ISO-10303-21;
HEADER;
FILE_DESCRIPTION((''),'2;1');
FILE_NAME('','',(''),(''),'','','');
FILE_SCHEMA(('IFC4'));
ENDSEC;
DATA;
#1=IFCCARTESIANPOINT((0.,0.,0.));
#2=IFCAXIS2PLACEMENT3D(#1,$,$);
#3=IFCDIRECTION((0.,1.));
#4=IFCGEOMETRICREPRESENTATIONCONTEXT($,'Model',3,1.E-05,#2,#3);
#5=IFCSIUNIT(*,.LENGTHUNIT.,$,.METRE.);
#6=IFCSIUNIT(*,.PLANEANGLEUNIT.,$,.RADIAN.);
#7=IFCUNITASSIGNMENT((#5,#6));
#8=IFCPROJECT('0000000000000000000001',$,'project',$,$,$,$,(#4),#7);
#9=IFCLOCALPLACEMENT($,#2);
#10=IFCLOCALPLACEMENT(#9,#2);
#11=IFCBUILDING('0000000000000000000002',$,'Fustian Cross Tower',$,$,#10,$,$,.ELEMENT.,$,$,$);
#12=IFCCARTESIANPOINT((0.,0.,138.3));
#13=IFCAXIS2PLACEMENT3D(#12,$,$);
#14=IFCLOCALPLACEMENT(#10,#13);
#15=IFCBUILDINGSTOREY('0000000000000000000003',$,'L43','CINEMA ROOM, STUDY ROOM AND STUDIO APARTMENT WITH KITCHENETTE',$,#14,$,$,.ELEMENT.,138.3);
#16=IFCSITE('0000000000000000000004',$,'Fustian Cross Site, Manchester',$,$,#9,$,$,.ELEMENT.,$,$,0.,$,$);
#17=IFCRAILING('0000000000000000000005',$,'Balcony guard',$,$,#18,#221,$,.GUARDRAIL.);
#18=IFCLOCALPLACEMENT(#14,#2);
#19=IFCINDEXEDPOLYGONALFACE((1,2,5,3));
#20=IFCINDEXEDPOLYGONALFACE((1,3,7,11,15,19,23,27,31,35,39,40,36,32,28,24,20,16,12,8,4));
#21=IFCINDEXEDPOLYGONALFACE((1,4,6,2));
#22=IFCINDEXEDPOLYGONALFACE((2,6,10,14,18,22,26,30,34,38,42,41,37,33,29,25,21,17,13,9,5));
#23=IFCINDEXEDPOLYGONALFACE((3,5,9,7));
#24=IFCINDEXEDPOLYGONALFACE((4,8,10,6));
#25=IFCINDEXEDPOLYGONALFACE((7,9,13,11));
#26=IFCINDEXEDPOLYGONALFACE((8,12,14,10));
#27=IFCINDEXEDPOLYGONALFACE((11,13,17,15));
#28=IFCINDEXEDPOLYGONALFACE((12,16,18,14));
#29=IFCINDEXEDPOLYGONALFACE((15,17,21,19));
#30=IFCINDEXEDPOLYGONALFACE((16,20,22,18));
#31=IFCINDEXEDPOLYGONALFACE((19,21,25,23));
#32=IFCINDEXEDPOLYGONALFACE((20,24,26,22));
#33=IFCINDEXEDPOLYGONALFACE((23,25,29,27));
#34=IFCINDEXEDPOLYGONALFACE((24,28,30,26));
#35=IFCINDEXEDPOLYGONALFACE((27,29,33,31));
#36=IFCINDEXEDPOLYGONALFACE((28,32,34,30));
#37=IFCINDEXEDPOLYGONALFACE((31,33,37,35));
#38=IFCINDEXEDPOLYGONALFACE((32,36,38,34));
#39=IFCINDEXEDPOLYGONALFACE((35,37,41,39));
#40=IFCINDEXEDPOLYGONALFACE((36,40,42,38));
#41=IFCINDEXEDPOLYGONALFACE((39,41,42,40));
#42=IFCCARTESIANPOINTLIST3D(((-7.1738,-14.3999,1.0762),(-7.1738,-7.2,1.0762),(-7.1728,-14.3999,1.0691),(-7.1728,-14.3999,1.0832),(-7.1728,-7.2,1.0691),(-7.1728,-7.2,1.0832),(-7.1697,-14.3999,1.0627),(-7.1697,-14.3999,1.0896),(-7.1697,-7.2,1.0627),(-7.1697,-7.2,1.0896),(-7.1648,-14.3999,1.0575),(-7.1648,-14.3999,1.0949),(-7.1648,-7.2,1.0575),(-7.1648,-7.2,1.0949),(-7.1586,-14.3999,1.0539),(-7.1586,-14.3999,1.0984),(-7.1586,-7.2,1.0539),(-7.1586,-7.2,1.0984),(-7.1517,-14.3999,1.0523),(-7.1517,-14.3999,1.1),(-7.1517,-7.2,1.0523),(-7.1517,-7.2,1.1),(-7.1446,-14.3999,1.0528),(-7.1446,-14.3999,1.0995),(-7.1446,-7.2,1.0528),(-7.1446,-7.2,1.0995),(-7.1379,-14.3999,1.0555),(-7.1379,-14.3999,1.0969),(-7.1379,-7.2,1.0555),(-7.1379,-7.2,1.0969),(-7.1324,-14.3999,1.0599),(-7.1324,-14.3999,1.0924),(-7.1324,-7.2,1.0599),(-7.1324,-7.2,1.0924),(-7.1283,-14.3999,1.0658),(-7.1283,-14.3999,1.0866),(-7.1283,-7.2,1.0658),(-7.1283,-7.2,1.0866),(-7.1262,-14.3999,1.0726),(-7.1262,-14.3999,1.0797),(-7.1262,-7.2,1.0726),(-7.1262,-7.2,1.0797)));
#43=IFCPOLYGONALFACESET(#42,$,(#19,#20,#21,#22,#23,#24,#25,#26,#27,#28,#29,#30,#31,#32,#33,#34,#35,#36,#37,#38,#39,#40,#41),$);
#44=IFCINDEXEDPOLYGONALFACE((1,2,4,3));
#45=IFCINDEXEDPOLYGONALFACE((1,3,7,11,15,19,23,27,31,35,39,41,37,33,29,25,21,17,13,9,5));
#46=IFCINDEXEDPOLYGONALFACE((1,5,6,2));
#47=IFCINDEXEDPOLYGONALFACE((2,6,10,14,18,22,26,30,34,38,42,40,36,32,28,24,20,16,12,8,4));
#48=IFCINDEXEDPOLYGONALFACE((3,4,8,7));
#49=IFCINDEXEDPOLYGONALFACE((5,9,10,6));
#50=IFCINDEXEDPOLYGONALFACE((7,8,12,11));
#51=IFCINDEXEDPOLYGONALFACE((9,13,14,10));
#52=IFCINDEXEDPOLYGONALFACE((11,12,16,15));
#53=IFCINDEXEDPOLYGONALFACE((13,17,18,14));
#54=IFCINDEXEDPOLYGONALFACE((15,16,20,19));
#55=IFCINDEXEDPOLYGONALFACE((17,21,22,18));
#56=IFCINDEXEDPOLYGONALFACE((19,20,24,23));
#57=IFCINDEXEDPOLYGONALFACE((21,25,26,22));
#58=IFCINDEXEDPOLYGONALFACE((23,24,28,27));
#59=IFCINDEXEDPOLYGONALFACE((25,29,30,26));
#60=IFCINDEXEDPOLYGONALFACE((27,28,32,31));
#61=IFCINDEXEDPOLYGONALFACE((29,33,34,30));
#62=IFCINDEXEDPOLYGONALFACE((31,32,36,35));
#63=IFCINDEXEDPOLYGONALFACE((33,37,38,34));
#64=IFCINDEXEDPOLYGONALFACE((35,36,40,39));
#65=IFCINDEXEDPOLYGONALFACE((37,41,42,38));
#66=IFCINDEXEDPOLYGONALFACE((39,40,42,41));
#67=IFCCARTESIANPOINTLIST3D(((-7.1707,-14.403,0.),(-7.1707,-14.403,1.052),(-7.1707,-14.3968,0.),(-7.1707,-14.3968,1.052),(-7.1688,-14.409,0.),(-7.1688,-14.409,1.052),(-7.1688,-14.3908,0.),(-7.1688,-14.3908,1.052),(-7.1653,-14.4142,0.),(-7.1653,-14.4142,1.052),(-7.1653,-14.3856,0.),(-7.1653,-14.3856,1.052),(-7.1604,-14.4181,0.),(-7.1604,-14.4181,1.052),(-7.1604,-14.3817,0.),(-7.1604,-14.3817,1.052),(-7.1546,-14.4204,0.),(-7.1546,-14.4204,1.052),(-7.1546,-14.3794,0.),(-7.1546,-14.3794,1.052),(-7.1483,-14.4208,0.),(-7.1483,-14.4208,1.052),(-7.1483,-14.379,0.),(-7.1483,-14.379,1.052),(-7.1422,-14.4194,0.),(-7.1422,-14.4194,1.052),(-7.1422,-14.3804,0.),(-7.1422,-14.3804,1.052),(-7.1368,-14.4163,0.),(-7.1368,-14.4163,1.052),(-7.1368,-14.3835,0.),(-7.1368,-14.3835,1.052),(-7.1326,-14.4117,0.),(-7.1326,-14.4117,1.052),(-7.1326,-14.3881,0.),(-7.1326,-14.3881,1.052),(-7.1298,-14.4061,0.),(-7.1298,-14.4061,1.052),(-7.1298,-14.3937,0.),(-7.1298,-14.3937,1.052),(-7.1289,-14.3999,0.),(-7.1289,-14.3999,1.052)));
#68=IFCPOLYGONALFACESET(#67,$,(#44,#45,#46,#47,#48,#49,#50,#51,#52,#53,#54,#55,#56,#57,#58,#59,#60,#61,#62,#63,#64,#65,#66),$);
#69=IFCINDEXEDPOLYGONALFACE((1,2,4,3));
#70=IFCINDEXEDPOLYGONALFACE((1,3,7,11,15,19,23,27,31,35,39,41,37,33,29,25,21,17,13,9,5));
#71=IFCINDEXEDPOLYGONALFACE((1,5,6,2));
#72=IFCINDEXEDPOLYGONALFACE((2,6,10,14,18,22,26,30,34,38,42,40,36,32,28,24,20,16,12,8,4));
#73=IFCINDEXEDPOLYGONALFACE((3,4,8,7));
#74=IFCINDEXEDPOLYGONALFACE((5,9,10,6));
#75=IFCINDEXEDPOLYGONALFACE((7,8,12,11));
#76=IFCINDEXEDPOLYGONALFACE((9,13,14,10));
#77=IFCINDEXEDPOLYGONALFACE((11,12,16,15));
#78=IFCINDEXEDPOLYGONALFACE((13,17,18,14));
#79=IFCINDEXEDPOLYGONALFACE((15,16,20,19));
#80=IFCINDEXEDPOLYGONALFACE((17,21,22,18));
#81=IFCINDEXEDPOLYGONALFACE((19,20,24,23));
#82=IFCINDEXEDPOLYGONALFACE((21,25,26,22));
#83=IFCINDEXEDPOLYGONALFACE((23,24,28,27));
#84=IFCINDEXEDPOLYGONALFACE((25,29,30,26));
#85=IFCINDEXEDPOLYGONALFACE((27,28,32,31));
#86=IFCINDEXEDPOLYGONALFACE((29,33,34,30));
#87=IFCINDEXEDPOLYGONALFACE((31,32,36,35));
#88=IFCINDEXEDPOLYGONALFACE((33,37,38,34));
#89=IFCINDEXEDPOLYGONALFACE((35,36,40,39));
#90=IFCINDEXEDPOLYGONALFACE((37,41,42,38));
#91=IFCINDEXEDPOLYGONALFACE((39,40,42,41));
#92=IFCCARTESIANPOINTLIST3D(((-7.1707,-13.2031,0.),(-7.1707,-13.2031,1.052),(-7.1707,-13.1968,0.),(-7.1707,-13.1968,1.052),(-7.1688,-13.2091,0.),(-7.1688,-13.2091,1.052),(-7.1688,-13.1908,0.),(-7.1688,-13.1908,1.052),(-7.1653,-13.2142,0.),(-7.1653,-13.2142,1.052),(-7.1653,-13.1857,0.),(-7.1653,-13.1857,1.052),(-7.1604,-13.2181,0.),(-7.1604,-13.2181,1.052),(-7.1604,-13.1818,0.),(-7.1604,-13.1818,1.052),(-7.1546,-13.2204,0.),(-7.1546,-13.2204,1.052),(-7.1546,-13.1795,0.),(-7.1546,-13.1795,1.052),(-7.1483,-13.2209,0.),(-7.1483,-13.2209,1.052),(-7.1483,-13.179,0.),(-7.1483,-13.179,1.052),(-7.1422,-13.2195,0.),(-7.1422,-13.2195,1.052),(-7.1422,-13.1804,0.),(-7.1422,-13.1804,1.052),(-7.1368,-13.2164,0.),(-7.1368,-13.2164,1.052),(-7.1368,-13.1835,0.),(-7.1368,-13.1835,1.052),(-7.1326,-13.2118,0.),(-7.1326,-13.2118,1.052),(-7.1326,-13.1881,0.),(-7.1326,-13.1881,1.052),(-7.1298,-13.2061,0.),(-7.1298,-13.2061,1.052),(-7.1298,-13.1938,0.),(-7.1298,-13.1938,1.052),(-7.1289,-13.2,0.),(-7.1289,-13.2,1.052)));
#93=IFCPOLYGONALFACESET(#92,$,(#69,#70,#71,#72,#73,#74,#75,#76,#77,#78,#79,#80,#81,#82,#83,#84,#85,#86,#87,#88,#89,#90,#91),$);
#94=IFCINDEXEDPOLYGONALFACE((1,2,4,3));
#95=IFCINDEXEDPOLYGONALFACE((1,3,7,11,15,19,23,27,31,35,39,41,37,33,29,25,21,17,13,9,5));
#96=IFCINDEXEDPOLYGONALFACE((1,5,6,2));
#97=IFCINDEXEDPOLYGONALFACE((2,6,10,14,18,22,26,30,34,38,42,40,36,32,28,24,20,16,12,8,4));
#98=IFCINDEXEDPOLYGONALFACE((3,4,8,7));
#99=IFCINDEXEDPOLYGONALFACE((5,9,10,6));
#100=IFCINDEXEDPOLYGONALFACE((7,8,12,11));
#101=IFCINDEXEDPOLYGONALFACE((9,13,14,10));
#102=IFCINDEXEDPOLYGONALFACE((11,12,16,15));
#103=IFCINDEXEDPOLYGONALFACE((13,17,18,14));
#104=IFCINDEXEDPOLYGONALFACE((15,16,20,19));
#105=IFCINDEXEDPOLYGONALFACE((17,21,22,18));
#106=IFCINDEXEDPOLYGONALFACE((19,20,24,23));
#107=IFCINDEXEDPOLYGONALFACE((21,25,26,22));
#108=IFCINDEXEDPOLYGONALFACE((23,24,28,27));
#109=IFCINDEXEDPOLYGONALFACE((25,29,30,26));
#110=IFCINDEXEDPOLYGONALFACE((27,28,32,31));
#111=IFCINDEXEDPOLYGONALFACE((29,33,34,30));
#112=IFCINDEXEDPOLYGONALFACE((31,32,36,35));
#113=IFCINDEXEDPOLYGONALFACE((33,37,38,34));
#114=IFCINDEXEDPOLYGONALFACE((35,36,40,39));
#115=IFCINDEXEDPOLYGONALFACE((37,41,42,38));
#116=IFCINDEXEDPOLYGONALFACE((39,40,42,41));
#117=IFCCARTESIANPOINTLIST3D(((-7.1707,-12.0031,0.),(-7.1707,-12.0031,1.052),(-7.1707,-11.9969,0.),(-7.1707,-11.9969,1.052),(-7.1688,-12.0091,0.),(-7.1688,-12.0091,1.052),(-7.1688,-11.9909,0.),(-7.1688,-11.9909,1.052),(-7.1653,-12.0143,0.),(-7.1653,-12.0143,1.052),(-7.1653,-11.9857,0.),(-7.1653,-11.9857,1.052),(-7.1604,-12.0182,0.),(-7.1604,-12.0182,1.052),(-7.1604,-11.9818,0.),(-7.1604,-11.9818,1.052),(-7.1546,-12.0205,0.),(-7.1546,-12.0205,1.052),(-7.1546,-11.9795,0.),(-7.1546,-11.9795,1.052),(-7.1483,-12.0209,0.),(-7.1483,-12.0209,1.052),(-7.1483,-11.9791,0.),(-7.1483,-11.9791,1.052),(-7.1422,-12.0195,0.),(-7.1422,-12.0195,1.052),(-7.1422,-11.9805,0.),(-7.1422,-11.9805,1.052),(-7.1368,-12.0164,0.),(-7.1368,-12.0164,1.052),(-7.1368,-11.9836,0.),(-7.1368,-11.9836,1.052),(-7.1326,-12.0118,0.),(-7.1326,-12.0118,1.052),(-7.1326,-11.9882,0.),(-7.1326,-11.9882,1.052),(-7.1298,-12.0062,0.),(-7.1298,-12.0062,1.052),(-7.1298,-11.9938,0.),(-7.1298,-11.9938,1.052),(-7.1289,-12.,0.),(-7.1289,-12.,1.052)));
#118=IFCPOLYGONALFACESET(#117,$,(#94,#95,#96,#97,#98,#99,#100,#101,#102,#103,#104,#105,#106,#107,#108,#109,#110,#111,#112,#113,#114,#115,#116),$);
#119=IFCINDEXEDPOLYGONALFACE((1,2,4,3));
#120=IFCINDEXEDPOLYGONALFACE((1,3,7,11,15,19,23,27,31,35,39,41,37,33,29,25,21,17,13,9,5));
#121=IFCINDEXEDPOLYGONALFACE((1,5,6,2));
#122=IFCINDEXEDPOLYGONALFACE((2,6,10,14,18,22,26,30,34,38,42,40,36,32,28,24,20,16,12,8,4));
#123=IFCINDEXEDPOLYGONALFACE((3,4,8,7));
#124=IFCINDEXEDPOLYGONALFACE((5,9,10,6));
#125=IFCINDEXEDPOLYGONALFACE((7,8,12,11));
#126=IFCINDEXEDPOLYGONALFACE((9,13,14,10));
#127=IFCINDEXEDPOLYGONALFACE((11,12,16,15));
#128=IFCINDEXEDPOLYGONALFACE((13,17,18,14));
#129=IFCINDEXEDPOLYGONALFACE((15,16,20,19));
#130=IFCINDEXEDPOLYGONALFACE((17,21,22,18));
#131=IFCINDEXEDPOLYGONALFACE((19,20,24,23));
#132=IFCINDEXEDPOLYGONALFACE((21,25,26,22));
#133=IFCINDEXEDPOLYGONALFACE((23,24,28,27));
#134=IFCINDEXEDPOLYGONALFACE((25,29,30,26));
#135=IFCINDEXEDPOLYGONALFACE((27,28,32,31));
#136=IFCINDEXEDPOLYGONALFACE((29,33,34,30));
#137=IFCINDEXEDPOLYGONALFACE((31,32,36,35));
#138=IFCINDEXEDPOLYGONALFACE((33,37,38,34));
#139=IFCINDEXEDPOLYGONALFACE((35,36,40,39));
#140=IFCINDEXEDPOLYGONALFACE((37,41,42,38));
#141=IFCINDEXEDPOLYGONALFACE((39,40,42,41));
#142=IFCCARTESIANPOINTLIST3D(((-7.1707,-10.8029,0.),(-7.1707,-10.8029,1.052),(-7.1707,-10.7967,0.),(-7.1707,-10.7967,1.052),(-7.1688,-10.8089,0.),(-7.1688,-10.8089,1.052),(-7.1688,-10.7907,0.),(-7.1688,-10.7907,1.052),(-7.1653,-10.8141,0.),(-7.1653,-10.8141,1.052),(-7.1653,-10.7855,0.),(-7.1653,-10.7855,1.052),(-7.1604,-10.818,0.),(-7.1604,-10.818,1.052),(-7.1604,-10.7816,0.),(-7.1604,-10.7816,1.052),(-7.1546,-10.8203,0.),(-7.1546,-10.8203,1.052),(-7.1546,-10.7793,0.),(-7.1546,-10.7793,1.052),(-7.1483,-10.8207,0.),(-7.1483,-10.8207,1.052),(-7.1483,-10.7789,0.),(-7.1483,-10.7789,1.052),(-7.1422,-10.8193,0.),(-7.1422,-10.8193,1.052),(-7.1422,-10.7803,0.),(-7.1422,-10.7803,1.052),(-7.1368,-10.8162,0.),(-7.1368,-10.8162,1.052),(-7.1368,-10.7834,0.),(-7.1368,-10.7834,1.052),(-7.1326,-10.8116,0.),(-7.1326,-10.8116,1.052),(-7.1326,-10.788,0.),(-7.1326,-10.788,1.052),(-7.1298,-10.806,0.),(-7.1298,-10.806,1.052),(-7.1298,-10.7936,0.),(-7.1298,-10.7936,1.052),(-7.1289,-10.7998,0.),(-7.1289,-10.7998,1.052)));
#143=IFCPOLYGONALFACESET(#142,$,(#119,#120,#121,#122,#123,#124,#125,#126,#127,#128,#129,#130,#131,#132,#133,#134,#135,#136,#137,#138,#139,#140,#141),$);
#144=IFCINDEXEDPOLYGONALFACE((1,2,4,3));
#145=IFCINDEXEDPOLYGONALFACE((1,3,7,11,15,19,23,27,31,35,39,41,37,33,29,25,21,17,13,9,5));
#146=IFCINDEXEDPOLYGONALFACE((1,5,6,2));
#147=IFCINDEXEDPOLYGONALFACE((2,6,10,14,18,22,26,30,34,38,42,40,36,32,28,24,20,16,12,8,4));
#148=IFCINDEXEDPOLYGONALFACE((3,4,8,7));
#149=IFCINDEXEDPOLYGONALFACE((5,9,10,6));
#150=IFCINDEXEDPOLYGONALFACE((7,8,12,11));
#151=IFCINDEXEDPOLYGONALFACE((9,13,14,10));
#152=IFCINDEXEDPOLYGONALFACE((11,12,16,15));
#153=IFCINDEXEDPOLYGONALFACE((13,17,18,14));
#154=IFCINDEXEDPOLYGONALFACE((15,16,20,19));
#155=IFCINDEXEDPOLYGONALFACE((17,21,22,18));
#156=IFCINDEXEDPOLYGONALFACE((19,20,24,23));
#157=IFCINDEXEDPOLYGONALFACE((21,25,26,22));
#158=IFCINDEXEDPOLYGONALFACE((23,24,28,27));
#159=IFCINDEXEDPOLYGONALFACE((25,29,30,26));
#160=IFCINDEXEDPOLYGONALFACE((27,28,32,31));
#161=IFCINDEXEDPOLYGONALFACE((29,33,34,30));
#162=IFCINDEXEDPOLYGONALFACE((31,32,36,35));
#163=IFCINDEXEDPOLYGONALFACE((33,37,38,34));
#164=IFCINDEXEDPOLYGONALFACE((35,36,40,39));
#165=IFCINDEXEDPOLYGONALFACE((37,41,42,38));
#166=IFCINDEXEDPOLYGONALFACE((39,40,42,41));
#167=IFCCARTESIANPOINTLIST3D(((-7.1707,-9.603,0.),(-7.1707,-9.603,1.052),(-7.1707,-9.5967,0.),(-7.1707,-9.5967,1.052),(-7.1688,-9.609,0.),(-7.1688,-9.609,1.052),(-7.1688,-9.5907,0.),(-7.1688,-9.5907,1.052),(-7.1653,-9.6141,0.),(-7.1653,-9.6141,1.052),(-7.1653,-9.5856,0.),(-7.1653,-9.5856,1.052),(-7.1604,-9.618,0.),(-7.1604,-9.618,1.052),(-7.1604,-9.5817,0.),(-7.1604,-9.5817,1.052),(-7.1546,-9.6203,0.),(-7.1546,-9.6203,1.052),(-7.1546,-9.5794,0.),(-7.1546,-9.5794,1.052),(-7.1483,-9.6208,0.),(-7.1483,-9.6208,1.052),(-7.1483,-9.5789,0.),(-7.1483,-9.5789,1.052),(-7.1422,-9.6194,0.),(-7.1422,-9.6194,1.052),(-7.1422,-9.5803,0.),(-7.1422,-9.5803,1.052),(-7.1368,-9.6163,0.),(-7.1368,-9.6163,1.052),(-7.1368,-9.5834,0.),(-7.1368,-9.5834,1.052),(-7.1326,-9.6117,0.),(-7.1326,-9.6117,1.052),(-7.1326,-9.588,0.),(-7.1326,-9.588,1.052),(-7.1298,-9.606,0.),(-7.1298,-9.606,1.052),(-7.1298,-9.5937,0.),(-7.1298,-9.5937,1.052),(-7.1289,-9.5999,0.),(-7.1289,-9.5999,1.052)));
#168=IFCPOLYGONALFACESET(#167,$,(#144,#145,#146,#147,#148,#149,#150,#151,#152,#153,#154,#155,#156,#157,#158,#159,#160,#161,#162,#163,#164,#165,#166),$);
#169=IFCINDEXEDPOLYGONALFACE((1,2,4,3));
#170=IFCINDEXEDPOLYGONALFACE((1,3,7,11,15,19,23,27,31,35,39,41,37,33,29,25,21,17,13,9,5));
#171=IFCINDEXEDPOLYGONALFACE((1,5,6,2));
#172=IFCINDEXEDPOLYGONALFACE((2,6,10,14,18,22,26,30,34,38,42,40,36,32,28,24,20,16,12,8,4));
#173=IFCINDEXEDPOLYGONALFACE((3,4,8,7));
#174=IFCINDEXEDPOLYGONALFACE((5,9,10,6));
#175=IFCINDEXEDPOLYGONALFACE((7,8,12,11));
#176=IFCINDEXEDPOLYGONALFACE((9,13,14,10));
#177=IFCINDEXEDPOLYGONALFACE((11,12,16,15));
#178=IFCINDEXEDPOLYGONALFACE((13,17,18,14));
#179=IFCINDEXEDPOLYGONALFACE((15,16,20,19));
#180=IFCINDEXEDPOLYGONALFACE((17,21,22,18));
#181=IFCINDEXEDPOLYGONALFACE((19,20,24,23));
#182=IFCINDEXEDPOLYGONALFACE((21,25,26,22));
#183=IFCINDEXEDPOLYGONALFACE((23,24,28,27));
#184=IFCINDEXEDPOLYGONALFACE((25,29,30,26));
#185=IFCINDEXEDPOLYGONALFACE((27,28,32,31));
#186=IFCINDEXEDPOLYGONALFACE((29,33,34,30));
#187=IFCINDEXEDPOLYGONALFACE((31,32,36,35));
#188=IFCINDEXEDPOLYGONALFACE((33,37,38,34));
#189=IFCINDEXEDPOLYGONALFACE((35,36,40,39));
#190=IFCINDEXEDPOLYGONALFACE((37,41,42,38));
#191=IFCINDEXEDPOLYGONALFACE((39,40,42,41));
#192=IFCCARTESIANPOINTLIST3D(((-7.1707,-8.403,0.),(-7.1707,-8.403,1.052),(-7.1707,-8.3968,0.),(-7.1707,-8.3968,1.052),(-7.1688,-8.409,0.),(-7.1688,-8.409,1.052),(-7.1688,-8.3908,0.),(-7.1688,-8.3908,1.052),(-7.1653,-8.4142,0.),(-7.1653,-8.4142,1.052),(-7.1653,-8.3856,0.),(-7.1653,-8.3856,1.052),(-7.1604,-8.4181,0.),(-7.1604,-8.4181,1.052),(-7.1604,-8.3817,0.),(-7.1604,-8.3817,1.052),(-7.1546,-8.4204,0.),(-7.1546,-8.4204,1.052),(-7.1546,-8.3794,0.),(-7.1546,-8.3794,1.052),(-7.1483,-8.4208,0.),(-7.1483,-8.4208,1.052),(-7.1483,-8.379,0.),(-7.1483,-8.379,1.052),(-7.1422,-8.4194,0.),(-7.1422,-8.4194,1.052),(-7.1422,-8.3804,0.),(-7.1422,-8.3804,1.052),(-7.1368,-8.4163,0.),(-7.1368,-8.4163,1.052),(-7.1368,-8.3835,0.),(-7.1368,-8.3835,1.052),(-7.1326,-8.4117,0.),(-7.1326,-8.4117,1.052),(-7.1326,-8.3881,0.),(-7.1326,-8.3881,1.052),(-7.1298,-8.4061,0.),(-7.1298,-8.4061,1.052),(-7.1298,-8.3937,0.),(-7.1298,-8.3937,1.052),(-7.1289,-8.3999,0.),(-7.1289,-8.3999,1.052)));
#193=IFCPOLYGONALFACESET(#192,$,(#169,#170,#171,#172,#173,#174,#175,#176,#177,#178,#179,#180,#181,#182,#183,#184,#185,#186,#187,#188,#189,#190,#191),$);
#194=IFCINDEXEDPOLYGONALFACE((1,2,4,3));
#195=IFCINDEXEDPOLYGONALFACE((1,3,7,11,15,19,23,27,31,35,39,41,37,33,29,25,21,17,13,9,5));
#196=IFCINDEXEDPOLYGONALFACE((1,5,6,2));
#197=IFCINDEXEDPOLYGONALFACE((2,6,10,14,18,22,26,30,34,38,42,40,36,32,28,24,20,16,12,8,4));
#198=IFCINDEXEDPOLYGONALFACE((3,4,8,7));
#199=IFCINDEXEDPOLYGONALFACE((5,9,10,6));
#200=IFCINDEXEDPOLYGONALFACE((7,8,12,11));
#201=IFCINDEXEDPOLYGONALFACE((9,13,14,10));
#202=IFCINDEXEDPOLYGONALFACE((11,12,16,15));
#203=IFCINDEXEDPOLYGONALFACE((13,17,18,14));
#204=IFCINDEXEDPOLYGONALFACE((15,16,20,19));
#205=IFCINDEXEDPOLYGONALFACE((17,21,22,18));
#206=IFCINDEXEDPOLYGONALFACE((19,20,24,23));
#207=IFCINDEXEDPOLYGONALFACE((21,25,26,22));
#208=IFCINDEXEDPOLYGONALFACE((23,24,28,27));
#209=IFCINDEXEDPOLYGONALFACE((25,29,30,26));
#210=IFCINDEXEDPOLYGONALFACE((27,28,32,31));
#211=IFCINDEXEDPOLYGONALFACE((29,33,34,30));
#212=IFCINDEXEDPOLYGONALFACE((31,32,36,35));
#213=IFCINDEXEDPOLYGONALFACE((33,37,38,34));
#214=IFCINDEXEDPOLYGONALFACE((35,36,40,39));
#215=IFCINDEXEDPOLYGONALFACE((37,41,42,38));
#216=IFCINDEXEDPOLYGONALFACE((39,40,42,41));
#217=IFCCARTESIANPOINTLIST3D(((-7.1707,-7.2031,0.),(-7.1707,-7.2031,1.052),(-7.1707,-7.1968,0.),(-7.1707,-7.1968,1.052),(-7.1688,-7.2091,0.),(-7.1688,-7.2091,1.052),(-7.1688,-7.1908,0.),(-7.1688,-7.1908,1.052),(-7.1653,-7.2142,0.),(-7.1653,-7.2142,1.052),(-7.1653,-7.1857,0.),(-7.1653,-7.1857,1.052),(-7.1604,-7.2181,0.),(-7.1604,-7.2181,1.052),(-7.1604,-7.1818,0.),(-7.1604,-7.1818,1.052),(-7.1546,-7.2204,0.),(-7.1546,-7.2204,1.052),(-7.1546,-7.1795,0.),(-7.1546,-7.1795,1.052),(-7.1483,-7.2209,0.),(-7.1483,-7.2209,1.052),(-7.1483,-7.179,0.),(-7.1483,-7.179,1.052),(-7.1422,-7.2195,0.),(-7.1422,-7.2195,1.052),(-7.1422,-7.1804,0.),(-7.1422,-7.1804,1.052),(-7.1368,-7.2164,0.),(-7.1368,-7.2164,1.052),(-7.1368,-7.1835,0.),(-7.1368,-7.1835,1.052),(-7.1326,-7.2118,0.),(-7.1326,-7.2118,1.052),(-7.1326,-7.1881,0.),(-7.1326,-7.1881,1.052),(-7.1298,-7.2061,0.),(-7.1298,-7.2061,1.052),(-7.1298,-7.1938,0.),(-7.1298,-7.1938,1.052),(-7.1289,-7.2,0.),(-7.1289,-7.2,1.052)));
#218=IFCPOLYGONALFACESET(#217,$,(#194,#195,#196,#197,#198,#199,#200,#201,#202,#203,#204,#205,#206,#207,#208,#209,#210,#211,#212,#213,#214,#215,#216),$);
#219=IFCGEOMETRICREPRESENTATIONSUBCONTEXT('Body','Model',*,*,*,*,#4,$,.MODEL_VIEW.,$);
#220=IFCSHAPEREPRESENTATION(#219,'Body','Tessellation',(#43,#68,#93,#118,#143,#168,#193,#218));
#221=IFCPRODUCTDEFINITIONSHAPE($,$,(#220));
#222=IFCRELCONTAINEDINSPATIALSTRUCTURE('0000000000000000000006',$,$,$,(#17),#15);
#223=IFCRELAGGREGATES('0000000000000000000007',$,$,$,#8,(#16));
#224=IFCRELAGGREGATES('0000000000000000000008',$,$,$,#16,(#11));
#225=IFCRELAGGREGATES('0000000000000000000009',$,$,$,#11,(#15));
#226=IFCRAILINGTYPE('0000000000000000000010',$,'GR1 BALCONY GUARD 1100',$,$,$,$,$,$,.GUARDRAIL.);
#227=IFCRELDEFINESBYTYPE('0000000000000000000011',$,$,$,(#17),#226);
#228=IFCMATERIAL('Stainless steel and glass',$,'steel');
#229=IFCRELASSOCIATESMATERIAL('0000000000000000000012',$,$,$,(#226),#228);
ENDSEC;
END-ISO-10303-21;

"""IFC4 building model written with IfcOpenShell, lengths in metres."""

from ifc_helpers import new_model, si_unit, direction, frame, origin, origin_2d, place, context, subcontext, project, spatial, circle, extrude, material, type_object, element, save


model = new_model("IFC4")

# Units and contexts
model_context = context("Model", 3, precision=1e-05, world=origin(), true_north=direction((0.0, 1.0)))
body_context = subcontext(model_context, "Body", "Model", "MODEL_VIEW")
ifc_project = project(units=[si_unit("LENGTHUNIT", "METRE"), si_unit("PLANEANGLEUNIT", "RADIAN")], contexts=[model_context])

# Site, building, storey
site_placement = place(None, origin())
site = spatial("IfcSite", under=ifc_project, at=site_placement, Name="Fustian Cross Site, Manchester", CompositionType="ELEMENT", RefElevation=0.0)
building_placement = place(site_placement, origin())
building = spatial("IfcBuilding", under=site, at=building_placement, Name="Fustian Cross Tower", CompositionType="ELEMENT")
storey_placement = place(building_placement, frame((0.0, 0.0, 138.3)))
storey = spatial("IfcBuildingStorey", under=building, at=storey_placement, Name="L43", Description="CINEMA ROOM, STUDY ROOM AND STUDIO APARTMENT WITH KITCHENETTE", CompositionType="ELEMENT", Elevation=138.3)

# Railing
ifc_material_1 = material(Name="Stainless steel and glass", Category="steel")
railing_type = type_object("IfcRailingType", Name="GR1 BALCONY GUARD 1100", PredefinedType="GUARDRAIL", material=ifc_material_1)
railing_placement = place(storey_placement, frame((-7.1499, -14.3999, 0.0)))
element("IfcRailing", 1, at=railing_placement, inside=storey, type_object=railing_type, Name="Balcony guard", PredefinedType="GUARDRAIL", context=body_context, shape_type="SweptSolid", body=[
    extrude(circle(Radius=0.0239, at=origin_2d()), frame((0.0, 0.0, 1.0762), z_axis=(0.0, 1.0, 0.0), x_axis=(-1.0, 0.0, 0.0)), (0.0, 0.0, 1.0), 7.2),
    extrude(circle(Radius=0.021, at=origin_2d()), origin(), (0.0, 0.0, 1.0), 1.052),
    extrude(circle(Radius=0.021, at=origin_2d()), frame((0.0, 1.2, 0.0)), (0.0, 0.0, 1.0), 1.052),
    extrude(circle(Radius=0.021, at=origin_2d()), frame((0.0, 2.3999, 0.0)), (0.0, 0.0, 1.0), 1.052),
    extrude(circle(Radius=0.021, at=origin_2d()), frame((0.0, 3.6001, 0.0)), (0.0, 0.0, 1.0), 1.052),
    extrude(circle(Radius=0.021, at=origin_2d()), frame((0.0, 4.8, 0.0)), (0.0, 0.0, 1.0), 1.052),
    extrude(circle(Radius=0.021, at=origin_2d()), frame((0.0, 6.0, 0.0)), (0.0, 0.0, 1.0), 1.052),
    extrude(circle(Radius=0.021, at=origin_2d()), frame((0.0, 7.2, 0.0)), (0.0, 0.0, 1.0), 1.052),
])

save(model, "model.ifc")
